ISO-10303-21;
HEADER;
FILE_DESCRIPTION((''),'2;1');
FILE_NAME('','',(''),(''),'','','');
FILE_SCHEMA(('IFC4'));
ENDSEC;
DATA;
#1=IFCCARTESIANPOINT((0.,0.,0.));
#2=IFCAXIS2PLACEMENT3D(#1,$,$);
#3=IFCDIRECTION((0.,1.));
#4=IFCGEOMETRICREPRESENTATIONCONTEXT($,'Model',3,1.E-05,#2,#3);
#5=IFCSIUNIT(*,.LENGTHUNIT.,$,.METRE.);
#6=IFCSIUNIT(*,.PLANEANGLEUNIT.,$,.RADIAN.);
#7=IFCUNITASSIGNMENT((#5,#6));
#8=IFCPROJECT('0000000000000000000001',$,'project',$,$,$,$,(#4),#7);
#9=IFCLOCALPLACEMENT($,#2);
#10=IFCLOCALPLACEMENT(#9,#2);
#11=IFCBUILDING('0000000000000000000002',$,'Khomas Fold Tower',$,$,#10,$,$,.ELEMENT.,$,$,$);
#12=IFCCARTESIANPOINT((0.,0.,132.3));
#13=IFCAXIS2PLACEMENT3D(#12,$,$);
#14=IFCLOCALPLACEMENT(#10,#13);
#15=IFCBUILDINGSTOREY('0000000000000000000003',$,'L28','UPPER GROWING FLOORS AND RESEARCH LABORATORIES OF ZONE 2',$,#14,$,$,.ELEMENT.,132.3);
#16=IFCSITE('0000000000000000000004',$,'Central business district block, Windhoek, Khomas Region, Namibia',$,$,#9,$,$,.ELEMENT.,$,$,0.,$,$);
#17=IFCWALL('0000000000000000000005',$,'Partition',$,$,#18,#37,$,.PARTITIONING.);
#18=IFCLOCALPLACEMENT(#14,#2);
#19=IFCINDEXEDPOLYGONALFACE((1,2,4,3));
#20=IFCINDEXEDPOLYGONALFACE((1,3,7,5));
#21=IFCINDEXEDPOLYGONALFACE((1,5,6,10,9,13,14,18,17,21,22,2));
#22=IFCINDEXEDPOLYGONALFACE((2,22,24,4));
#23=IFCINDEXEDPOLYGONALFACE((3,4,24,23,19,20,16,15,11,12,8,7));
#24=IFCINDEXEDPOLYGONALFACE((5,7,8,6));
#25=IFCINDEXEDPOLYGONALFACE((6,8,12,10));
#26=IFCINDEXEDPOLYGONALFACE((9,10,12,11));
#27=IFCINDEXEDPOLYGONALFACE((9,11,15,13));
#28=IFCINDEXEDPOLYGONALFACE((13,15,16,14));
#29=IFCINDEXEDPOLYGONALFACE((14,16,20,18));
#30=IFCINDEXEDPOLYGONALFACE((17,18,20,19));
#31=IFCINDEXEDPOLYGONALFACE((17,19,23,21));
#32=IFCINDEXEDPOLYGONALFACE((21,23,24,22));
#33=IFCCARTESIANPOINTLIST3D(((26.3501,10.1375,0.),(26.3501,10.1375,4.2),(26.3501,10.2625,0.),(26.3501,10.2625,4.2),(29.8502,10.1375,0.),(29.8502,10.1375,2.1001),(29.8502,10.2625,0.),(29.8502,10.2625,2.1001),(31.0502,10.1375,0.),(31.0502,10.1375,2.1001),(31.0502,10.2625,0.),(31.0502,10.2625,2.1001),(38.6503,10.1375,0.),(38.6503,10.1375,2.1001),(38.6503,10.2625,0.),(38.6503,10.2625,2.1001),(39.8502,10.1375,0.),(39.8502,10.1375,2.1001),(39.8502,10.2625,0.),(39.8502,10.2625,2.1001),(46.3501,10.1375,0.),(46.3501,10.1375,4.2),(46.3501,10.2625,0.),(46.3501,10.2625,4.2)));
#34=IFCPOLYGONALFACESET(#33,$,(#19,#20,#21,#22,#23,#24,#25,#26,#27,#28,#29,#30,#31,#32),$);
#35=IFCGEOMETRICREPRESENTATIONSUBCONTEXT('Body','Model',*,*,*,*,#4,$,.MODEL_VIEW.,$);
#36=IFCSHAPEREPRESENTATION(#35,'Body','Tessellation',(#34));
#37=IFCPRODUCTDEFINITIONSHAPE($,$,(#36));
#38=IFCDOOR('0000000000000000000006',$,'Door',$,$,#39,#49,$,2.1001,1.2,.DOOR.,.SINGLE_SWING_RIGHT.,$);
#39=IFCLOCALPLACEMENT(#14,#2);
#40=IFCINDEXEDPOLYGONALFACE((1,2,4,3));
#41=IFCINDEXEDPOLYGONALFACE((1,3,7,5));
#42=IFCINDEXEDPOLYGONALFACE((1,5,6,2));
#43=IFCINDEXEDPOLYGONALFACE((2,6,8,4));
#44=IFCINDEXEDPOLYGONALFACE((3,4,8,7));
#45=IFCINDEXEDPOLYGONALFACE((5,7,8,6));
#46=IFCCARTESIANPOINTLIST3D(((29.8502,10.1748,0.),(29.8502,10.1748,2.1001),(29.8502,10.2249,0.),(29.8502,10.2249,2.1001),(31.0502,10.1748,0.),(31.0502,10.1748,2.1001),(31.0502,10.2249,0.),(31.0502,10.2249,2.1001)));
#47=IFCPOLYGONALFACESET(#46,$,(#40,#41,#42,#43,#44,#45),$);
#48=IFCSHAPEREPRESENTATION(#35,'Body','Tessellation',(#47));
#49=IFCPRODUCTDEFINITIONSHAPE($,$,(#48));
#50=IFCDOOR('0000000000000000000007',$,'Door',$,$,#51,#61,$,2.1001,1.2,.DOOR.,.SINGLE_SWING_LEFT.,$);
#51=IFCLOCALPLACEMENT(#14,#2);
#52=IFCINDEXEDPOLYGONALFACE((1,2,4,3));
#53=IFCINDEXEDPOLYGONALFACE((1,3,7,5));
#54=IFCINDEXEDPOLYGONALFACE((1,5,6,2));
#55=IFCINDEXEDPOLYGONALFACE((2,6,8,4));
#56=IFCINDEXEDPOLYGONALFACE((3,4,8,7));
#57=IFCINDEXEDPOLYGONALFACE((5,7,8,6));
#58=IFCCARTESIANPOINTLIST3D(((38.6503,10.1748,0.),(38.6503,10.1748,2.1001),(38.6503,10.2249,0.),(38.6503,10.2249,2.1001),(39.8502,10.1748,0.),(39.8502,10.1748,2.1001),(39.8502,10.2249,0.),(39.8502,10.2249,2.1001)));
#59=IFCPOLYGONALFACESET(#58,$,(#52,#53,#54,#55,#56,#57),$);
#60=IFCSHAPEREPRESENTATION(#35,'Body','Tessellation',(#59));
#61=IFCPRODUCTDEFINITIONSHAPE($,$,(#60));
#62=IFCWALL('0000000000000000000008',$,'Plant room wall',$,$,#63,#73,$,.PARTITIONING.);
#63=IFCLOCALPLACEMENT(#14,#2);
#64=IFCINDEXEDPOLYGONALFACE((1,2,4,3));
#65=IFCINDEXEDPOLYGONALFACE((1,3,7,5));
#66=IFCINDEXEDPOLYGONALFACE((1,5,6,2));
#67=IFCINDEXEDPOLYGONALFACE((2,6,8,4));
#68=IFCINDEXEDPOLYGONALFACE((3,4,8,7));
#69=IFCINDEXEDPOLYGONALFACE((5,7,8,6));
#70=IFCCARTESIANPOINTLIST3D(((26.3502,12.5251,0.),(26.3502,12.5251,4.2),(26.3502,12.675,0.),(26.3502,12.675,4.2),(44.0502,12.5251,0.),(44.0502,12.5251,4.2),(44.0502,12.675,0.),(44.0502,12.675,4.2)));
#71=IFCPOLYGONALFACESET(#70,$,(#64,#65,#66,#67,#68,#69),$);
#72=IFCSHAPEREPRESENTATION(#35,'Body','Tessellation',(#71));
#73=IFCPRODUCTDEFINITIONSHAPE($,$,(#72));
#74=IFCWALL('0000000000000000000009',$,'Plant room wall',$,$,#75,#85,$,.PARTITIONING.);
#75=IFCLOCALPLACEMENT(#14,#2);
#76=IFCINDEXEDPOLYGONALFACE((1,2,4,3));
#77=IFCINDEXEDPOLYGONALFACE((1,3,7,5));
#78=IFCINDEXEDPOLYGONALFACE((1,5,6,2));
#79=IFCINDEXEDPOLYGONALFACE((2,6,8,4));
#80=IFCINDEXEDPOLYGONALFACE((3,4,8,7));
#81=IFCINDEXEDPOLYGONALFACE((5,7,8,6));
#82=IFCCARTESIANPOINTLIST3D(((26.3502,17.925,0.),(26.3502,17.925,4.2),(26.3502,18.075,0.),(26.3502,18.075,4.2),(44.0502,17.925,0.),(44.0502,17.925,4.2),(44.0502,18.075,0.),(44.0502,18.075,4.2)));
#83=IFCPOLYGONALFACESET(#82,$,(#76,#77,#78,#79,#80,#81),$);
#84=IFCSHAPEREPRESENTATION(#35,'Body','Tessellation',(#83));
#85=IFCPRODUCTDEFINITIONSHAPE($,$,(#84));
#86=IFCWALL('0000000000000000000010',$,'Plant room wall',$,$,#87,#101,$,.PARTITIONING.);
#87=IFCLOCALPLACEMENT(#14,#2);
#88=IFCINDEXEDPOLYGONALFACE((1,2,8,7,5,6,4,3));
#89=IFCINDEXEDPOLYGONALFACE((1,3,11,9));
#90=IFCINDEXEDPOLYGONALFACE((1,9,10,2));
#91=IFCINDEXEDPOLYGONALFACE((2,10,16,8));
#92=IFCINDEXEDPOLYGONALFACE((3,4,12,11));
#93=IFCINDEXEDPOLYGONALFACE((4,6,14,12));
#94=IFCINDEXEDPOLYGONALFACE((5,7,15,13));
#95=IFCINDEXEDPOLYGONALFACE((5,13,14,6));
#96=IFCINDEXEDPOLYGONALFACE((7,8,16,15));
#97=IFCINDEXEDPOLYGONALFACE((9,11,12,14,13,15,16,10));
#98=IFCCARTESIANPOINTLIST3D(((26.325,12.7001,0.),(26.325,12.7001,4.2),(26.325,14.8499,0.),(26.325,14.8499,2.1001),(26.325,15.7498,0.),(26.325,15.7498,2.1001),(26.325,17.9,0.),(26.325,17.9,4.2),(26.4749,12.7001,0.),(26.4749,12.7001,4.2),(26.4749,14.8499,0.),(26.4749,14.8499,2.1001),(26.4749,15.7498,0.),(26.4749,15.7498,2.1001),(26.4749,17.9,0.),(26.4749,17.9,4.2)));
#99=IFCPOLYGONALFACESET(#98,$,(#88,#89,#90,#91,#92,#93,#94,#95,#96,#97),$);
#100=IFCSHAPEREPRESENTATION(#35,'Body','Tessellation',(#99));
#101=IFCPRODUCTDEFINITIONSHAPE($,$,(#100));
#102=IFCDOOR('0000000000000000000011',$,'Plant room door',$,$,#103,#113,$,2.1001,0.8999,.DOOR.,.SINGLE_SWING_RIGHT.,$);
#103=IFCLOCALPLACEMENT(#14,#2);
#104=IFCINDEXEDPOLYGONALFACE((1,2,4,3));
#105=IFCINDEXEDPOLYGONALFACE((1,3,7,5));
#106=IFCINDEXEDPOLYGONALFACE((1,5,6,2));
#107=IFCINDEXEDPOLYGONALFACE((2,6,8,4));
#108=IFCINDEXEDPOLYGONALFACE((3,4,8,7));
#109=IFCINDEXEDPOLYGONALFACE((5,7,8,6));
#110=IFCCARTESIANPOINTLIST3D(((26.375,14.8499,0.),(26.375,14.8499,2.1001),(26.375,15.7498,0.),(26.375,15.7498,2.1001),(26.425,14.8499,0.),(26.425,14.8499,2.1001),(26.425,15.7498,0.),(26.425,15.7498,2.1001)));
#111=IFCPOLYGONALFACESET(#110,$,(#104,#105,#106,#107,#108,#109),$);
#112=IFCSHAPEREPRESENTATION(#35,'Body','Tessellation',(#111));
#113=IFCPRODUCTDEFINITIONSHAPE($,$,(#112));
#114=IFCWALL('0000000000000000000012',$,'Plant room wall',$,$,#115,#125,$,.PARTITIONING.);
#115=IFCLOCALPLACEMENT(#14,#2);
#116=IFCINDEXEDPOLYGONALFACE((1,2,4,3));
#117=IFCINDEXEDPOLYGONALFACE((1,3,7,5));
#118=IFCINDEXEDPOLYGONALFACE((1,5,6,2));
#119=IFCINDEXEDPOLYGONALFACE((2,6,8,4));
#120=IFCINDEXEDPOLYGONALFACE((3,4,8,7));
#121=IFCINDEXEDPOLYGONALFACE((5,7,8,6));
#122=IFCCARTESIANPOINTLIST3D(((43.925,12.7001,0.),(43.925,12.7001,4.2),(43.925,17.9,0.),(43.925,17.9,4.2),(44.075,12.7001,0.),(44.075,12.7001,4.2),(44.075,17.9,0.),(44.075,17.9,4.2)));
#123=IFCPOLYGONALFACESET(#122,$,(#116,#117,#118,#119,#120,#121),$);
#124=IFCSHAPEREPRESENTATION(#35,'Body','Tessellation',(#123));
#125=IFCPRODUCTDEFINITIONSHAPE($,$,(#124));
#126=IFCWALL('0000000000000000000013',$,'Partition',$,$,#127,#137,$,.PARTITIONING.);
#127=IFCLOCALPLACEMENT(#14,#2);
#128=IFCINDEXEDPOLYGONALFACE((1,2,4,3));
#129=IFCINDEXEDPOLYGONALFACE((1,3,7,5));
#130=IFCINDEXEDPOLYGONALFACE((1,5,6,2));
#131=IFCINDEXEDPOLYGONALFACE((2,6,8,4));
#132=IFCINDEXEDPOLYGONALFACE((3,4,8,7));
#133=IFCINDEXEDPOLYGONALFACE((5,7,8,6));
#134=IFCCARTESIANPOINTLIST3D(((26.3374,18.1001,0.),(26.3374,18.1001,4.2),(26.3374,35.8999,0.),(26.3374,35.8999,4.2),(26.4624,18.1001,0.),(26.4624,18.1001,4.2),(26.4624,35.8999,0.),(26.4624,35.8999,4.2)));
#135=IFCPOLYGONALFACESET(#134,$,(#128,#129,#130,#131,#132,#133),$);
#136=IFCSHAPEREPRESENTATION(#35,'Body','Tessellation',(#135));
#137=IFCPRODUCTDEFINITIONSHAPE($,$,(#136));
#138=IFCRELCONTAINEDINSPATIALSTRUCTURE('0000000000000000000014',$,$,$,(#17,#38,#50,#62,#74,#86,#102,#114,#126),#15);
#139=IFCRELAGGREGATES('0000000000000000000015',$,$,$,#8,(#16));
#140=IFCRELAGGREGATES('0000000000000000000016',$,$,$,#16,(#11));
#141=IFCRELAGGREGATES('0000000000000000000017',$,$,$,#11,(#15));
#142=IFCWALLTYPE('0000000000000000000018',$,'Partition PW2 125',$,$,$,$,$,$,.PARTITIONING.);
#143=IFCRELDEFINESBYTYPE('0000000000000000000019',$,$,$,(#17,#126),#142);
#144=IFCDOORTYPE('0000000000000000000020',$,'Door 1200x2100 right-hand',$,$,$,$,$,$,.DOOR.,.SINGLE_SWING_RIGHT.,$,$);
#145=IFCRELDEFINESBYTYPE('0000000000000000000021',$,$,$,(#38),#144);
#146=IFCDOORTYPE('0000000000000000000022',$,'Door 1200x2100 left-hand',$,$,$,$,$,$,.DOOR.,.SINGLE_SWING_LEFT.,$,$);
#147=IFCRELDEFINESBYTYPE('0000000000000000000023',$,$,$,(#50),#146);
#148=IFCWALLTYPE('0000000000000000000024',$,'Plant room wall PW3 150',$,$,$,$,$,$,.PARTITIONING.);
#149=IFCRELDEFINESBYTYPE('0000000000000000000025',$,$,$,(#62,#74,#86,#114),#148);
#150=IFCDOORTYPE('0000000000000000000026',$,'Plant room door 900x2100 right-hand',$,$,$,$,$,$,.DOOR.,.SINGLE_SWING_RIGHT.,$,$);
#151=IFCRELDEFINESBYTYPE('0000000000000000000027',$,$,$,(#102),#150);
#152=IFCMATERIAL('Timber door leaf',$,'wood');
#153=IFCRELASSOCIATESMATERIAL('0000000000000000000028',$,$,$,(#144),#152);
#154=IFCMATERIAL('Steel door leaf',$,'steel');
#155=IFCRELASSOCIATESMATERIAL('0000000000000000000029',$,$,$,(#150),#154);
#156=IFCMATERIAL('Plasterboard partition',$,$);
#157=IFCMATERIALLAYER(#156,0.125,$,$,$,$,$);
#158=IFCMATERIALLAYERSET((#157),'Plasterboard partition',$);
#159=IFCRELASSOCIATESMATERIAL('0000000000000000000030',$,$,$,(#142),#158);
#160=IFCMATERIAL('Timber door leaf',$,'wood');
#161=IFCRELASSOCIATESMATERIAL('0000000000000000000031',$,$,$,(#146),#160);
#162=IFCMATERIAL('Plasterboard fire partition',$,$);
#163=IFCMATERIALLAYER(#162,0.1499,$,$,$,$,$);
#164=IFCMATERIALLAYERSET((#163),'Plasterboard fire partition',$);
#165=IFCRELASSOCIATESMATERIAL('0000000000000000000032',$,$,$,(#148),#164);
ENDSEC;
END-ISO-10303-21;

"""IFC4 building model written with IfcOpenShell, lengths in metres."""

from ifc_helpers import new_model, si_unit, direction, frame, frame_2d, origin, place, context, subcontext, project, spatial, rectangle, extrude, source, transform, mapped, material, layer, layer_set, type_object, element, fill, save


model = new_model("IFC4")

# Units and contexts
model_context = context("Model", 3, precision=1e-05, world=origin(), true_north=direction((0.0, 1.0)))
body_context = subcontext(model_context, "Body", "Model", "MODEL_VIEW")
ifc_project = project(units=[si_unit("LENGTHUNIT", "METRE"), si_unit("PLANEANGLEUNIT", "RADIAN")], contexts=[model_context])

# Site, building, storey
site_placement = place(None, origin())
site = spatial("IfcSite", under=ifc_project, at=site_placement, Name="Central business district block, Windhoek, Khomas Region, Namibia", CompositionType="ELEMENT", RefElevation=0.0)
building_placement = place(site_placement, origin())
building = spatial("IfcBuilding", under=site, at=building_placement, Name="Khomas Fold Tower", CompositionType="ELEMENT")
storey_placement = place(building_placement, frame((0.0, 0.0, 132.3)))
storey = spatial("IfcBuildingStorey", under=building, at=storey_placement, Name="L28", Description="UPPER GROWING FLOORS AND RESEARCH LABORATORIES OF ZONE 2", CompositionType="ELEMENT", Elevation=132.3)

# Wall, openings, doors
ifc_material_1 = material(Name="Timber door leaf", Category="wood")
door_type_1 = type_object("IfcDoorType", Name="Door 1200x2100 right-hand", OperationType="SINGLE_SWING_RIGHT", PredefinedType="DOOR", material=ifc_material_1)
ifc_material_2 = material(Name="Steel door leaf", Category="steel")
door_type_2 = type_object("IfcDoorType", Name="Plant room door 900x2100 right-hand", OperationType="SINGLE_SWING_RIGHT", PredefinedType="DOOR", material=ifc_material_2)
ifc_material_3 = material(Name="Plasterboard partition")
ifc_layer_1 = layer(ifc_material_3, 0.125)
ifc_layer_set_1 = layer_set([ifc_layer_1], Name="Plasterboard partition")
wall_type_1 = type_object("IfcWallType", Name="Partition PW2 125", PredefinedType="PARTITIONING", material=ifc_layer_set_1)
shared_shape_1 = source(origin(), body_context, "Body", "SweptSolid", [
    extrude(rectangle(XDim=20.0, YDim=0.125, at=frame_2d((10.0, 0.0))), origin(), (0.0, 0.0, 1.0), 4.2),
])
wall_1_placement = place(storey_placement, frame((26.3501, 10.2, 0.0), z_axis=(0.0, 0.0, 1.0), x_axis=(1.0, 0.0, 0.0)))
wall_1 = element("IfcWall", 1, at=wall_1_placement, inside=storey, type_object=wall_type_1, Name="Partition", PredefinedType="PARTITIONING", context=body_context, shape_type="MappedRepresentation", body=[
    mapped(shared_shape_1, transform((0.0, 0.0, 0.0))),
])
shared_shape_2 = source(origin(), body_context, "Body", "SweptSolid", [
    extrude(rectangle(XDim=1.2, YDim=2.1001, at=frame_2d((0.6001, 1.05))), frame((0.0, 0.0725, 0.0), z_axis=(0.0, -1.0, 0.0), x_axis=(1.0, 0.0, 0.0)), (0.0, 0.0, 1.0), 0.145),
])
opening_1_placement = place(wall_1_placement, frame((3.5, 0.0, 0.0)))
opening_1 = element("IfcOpeningElement", 2, at=opening_1_placement, cuts=wall_1, PredefinedType="OPENING", context=body_context, shape_type="MappedRepresentation", body=[
    mapped(shared_shape_2, transform((0.0, 0.0, 0.0))),
])
opening_2_placement = place(wall_1_placement, frame((12.3, 0.0, 0.0)))
opening_2 = element("IfcOpeningElement", 3, at=opening_2_placement, cuts=wall_1, PredefinedType="OPENING", context=body_context, shape_type="MappedRepresentation", body=[
    mapped(shared_shape_2, transform((0.0, 0.0, 0.0))),
])
shared_shape_3 = source(origin(), body_context, "Body", "SweptSolid", [
    extrude(rectangle(XDim=1.2, YDim=2.1001, at=frame_2d((0.6001, 1.05))), frame((0.0, 0.0249, 0.0), z_axis=(0.0, -1.0, 0.0), x_axis=(1.0, 0.0, 0.0)), (0.0, 0.0, 1.0), 0.05),
])
door_1_placement = place(opening_1_placement, origin())
door_1 = element("IfcDoor", 4, at=door_1_placement, inside=storey, type_object=door_type_1, Name="Door", OperationType="SINGLE_SWING_RIGHT", OverallHeight=2.1001, OverallWidth=1.2, PredefinedType="DOOR", context=body_context, shape_type="MappedRepresentation", body=[
    mapped(shared_shape_3, transform((0.0, 0.0, 0.0))),
])
fill(opening_1, door_1)
ifc_material_4 = material(Name="Timber door leaf", Category="wood")
door_type_3 = type_object("IfcDoorType", Name="Door 1200x2100 left-hand", OperationType="SINGLE_SWING_LEFT", PredefinedType="DOOR", material=ifc_material_4)
door_2_placement = place(opening_2_placement, origin())
door_2 = element("IfcDoor", 5, at=door_2_placement, inside=storey, type_object=door_type_3, Name="Door", OperationType="SINGLE_SWING_LEFT", OverallHeight=2.1001, OverallWidth=1.2, PredefinedType="DOOR", context=body_context, shape_type="MappedRepresentation", body=[
    mapped(shared_shape_3, transform((0.0, 0.0, 0.0))),
])
fill(opening_2, door_2)

# Walls
ifc_material_5 = material(Name="Plasterboard fire partition")
ifc_layer_2 = layer(ifc_material_5, 0.1499)
ifc_layer_set_2 = layer_set([ifc_layer_2], Name="Plasterboard fire partition")
wall_type_2 = type_object("IfcWallType", Name="Plant room wall PW3 150", PredefinedType="PARTITIONING", material=ifc_layer_set_2)
shared_shape_4 = source(origin(), body_context, "Body", "SweptSolid", [
    extrude(rectangle(XDim=17.7, YDim=0.1499, at=frame_2d((8.8501, 0.0))), origin(), (0.0, 0.0, 1.0), 4.2),
])
for number, where, z_axis, x_axis, name in (
    (6, (26.3501, 12.6001, 0.0), (0.0, 0.0, 1.0), (1.0, 0.0, 0.0), "Plant room wall"),
    (7, (26.3501, 18.0, 0.0), (0.0, 0.0, 1.0), (1.0, 0.0, 0.0), "Plant room wall"),
):
    element("IfcWall", number, at=place(storey_placement, frame(where, z_axis=z_axis, x_axis=x_axis)), inside=storey, type_object=wall_type_2, Name=name, PredefinedType="PARTITIONING", context=body_context, shape_type="MappedRepresentation", body=[
        mapped(shared_shape_4, transform((0.0, 0.0, 0.0))),
    ])

# Wall, opening, door
shared_shape_5 = source(origin(), body_context, "Body", "SweptSolid", [
    extrude(rectangle(XDim=5.2, YDim=0.1499, at=frame_2d((2.6001, 0.0))), origin(), (0.0, 0.0, 1.0), 4.2),
])
wall_2_placement = place(storey_placement, frame((26.3999, 12.7, 0.0), z_axis=(0.0, 0.0, 1.0), x_axis=(0.0, 1.0, 0.0)))
wall_2 = element("IfcWall", 8, at=wall_2_placement, inside=storey, type_object=wall_type_2, Name="Plant room wall", PredefinedType="PARTITIONING", context=body_context, shape_type="MappedRepresentation", body=[
    mapped(shared_shape_5, transform((0.0, 0.0, 0.0))),
])
shared_shape_6 = source(origin(), body_context, "Body", "SweptSolid", [
    extrude(rectangle(XDim=0.8999, YDim=2.1001, at=frame_2d((0.45, 1.05))), frame((0.0, 0.085, 0.0), z_axis=(0.0, -1.0, 0.0), x_axis=(1.0, 0.0, 0.0)), (0.0, 0.0, 1.0), 0.1699),
])
opening_3_placement = place(wall_2_placement, frame((2.1499, 0.0, 0.0)))
opening_3 = element("IfcOpeningElement", 9, at=opening_3_placement, cuts=wall_2, PredefinedType="OPENING", context=body_context, shape_type="MappedRepresentation", body=[
    mapped(shared_shape_6, transform((0.0, 0.0, 0.0))),
])
shared_shape_7 = source(origin(), body_context, "Body", "SweptSolid", [
    extrude(rectangle(XDim=0.8999, YDim=2.1001, at=frame_2d((0.45, 1.05))), frame((0.0, 0.0249, 0.0), z_axis=(0.0, -1.0, 0.0), x_axis=(1.0, 0.0, 0.0)), (0.0, 0.0, 1.0), 0.05),
])
door_3_placement = place(opening_3_placement, origin())
door_3 = element("IfcDoor", 10, at=door_3_placement, inside=storey, type_object=door_type_2, Name="Plant room door", OperationType="SINGLE_SWING_RIGHT", OverallHeight=2.1001, OverallWidth=0.8999, PredefinedType="DOOR", context=body_context, shape_type="MappedRepresentation", body=[
    mapped(shared_shape_7, transform((0.0, 0.0, 0.0))),
])
fill(opening_3, door_3)

# Walls
wall_3_placement = place(storey_placement, frame((44.0, 12.7, 0.0), z_axis=(0.0, 0.0, 1.0), x_axis=(0.0, 1.0, 0.0)))
element("IfcWall", 11, at=wall_3_placement, inside=storey, type_object=wall_type_2, Name="Plant room wall", PredefinedType="PARTITIONING", context=body_context, shape_type="MappedRepresentation", body=[
    mapped(shared_shape_5, transform((0.0, 0.0, 0.0))),
])
shared_shape_8 = source(origin(), body_context, "Body", "SweptSolid", [
    extrude(rectangle(XDim=17.7998, YDim=0.125, at=frame_2d((8.8999, 0.0))), origin(), (0.0, 0.0, 1.0), 4.2),
])
wall_4_placement = place(storey_placement, frame((26.3999, 18.1001, 0.0), z_axis=(0.0, 0.0, 1.0), x_axis=(0.0, 1.0, 0.0)))
element("IfcWall", 12, at=wall_4_placement, inside=storey, type_object=wall_type_1, Name="Partition", PredefinedType="PARTITIONING", context=body_context, shape_type="MappedRepresentation", body=[
    mapped(shared_shape_8, transform((0.0, 0.0, 0.0))),
])

save(model, "model.ifc")
